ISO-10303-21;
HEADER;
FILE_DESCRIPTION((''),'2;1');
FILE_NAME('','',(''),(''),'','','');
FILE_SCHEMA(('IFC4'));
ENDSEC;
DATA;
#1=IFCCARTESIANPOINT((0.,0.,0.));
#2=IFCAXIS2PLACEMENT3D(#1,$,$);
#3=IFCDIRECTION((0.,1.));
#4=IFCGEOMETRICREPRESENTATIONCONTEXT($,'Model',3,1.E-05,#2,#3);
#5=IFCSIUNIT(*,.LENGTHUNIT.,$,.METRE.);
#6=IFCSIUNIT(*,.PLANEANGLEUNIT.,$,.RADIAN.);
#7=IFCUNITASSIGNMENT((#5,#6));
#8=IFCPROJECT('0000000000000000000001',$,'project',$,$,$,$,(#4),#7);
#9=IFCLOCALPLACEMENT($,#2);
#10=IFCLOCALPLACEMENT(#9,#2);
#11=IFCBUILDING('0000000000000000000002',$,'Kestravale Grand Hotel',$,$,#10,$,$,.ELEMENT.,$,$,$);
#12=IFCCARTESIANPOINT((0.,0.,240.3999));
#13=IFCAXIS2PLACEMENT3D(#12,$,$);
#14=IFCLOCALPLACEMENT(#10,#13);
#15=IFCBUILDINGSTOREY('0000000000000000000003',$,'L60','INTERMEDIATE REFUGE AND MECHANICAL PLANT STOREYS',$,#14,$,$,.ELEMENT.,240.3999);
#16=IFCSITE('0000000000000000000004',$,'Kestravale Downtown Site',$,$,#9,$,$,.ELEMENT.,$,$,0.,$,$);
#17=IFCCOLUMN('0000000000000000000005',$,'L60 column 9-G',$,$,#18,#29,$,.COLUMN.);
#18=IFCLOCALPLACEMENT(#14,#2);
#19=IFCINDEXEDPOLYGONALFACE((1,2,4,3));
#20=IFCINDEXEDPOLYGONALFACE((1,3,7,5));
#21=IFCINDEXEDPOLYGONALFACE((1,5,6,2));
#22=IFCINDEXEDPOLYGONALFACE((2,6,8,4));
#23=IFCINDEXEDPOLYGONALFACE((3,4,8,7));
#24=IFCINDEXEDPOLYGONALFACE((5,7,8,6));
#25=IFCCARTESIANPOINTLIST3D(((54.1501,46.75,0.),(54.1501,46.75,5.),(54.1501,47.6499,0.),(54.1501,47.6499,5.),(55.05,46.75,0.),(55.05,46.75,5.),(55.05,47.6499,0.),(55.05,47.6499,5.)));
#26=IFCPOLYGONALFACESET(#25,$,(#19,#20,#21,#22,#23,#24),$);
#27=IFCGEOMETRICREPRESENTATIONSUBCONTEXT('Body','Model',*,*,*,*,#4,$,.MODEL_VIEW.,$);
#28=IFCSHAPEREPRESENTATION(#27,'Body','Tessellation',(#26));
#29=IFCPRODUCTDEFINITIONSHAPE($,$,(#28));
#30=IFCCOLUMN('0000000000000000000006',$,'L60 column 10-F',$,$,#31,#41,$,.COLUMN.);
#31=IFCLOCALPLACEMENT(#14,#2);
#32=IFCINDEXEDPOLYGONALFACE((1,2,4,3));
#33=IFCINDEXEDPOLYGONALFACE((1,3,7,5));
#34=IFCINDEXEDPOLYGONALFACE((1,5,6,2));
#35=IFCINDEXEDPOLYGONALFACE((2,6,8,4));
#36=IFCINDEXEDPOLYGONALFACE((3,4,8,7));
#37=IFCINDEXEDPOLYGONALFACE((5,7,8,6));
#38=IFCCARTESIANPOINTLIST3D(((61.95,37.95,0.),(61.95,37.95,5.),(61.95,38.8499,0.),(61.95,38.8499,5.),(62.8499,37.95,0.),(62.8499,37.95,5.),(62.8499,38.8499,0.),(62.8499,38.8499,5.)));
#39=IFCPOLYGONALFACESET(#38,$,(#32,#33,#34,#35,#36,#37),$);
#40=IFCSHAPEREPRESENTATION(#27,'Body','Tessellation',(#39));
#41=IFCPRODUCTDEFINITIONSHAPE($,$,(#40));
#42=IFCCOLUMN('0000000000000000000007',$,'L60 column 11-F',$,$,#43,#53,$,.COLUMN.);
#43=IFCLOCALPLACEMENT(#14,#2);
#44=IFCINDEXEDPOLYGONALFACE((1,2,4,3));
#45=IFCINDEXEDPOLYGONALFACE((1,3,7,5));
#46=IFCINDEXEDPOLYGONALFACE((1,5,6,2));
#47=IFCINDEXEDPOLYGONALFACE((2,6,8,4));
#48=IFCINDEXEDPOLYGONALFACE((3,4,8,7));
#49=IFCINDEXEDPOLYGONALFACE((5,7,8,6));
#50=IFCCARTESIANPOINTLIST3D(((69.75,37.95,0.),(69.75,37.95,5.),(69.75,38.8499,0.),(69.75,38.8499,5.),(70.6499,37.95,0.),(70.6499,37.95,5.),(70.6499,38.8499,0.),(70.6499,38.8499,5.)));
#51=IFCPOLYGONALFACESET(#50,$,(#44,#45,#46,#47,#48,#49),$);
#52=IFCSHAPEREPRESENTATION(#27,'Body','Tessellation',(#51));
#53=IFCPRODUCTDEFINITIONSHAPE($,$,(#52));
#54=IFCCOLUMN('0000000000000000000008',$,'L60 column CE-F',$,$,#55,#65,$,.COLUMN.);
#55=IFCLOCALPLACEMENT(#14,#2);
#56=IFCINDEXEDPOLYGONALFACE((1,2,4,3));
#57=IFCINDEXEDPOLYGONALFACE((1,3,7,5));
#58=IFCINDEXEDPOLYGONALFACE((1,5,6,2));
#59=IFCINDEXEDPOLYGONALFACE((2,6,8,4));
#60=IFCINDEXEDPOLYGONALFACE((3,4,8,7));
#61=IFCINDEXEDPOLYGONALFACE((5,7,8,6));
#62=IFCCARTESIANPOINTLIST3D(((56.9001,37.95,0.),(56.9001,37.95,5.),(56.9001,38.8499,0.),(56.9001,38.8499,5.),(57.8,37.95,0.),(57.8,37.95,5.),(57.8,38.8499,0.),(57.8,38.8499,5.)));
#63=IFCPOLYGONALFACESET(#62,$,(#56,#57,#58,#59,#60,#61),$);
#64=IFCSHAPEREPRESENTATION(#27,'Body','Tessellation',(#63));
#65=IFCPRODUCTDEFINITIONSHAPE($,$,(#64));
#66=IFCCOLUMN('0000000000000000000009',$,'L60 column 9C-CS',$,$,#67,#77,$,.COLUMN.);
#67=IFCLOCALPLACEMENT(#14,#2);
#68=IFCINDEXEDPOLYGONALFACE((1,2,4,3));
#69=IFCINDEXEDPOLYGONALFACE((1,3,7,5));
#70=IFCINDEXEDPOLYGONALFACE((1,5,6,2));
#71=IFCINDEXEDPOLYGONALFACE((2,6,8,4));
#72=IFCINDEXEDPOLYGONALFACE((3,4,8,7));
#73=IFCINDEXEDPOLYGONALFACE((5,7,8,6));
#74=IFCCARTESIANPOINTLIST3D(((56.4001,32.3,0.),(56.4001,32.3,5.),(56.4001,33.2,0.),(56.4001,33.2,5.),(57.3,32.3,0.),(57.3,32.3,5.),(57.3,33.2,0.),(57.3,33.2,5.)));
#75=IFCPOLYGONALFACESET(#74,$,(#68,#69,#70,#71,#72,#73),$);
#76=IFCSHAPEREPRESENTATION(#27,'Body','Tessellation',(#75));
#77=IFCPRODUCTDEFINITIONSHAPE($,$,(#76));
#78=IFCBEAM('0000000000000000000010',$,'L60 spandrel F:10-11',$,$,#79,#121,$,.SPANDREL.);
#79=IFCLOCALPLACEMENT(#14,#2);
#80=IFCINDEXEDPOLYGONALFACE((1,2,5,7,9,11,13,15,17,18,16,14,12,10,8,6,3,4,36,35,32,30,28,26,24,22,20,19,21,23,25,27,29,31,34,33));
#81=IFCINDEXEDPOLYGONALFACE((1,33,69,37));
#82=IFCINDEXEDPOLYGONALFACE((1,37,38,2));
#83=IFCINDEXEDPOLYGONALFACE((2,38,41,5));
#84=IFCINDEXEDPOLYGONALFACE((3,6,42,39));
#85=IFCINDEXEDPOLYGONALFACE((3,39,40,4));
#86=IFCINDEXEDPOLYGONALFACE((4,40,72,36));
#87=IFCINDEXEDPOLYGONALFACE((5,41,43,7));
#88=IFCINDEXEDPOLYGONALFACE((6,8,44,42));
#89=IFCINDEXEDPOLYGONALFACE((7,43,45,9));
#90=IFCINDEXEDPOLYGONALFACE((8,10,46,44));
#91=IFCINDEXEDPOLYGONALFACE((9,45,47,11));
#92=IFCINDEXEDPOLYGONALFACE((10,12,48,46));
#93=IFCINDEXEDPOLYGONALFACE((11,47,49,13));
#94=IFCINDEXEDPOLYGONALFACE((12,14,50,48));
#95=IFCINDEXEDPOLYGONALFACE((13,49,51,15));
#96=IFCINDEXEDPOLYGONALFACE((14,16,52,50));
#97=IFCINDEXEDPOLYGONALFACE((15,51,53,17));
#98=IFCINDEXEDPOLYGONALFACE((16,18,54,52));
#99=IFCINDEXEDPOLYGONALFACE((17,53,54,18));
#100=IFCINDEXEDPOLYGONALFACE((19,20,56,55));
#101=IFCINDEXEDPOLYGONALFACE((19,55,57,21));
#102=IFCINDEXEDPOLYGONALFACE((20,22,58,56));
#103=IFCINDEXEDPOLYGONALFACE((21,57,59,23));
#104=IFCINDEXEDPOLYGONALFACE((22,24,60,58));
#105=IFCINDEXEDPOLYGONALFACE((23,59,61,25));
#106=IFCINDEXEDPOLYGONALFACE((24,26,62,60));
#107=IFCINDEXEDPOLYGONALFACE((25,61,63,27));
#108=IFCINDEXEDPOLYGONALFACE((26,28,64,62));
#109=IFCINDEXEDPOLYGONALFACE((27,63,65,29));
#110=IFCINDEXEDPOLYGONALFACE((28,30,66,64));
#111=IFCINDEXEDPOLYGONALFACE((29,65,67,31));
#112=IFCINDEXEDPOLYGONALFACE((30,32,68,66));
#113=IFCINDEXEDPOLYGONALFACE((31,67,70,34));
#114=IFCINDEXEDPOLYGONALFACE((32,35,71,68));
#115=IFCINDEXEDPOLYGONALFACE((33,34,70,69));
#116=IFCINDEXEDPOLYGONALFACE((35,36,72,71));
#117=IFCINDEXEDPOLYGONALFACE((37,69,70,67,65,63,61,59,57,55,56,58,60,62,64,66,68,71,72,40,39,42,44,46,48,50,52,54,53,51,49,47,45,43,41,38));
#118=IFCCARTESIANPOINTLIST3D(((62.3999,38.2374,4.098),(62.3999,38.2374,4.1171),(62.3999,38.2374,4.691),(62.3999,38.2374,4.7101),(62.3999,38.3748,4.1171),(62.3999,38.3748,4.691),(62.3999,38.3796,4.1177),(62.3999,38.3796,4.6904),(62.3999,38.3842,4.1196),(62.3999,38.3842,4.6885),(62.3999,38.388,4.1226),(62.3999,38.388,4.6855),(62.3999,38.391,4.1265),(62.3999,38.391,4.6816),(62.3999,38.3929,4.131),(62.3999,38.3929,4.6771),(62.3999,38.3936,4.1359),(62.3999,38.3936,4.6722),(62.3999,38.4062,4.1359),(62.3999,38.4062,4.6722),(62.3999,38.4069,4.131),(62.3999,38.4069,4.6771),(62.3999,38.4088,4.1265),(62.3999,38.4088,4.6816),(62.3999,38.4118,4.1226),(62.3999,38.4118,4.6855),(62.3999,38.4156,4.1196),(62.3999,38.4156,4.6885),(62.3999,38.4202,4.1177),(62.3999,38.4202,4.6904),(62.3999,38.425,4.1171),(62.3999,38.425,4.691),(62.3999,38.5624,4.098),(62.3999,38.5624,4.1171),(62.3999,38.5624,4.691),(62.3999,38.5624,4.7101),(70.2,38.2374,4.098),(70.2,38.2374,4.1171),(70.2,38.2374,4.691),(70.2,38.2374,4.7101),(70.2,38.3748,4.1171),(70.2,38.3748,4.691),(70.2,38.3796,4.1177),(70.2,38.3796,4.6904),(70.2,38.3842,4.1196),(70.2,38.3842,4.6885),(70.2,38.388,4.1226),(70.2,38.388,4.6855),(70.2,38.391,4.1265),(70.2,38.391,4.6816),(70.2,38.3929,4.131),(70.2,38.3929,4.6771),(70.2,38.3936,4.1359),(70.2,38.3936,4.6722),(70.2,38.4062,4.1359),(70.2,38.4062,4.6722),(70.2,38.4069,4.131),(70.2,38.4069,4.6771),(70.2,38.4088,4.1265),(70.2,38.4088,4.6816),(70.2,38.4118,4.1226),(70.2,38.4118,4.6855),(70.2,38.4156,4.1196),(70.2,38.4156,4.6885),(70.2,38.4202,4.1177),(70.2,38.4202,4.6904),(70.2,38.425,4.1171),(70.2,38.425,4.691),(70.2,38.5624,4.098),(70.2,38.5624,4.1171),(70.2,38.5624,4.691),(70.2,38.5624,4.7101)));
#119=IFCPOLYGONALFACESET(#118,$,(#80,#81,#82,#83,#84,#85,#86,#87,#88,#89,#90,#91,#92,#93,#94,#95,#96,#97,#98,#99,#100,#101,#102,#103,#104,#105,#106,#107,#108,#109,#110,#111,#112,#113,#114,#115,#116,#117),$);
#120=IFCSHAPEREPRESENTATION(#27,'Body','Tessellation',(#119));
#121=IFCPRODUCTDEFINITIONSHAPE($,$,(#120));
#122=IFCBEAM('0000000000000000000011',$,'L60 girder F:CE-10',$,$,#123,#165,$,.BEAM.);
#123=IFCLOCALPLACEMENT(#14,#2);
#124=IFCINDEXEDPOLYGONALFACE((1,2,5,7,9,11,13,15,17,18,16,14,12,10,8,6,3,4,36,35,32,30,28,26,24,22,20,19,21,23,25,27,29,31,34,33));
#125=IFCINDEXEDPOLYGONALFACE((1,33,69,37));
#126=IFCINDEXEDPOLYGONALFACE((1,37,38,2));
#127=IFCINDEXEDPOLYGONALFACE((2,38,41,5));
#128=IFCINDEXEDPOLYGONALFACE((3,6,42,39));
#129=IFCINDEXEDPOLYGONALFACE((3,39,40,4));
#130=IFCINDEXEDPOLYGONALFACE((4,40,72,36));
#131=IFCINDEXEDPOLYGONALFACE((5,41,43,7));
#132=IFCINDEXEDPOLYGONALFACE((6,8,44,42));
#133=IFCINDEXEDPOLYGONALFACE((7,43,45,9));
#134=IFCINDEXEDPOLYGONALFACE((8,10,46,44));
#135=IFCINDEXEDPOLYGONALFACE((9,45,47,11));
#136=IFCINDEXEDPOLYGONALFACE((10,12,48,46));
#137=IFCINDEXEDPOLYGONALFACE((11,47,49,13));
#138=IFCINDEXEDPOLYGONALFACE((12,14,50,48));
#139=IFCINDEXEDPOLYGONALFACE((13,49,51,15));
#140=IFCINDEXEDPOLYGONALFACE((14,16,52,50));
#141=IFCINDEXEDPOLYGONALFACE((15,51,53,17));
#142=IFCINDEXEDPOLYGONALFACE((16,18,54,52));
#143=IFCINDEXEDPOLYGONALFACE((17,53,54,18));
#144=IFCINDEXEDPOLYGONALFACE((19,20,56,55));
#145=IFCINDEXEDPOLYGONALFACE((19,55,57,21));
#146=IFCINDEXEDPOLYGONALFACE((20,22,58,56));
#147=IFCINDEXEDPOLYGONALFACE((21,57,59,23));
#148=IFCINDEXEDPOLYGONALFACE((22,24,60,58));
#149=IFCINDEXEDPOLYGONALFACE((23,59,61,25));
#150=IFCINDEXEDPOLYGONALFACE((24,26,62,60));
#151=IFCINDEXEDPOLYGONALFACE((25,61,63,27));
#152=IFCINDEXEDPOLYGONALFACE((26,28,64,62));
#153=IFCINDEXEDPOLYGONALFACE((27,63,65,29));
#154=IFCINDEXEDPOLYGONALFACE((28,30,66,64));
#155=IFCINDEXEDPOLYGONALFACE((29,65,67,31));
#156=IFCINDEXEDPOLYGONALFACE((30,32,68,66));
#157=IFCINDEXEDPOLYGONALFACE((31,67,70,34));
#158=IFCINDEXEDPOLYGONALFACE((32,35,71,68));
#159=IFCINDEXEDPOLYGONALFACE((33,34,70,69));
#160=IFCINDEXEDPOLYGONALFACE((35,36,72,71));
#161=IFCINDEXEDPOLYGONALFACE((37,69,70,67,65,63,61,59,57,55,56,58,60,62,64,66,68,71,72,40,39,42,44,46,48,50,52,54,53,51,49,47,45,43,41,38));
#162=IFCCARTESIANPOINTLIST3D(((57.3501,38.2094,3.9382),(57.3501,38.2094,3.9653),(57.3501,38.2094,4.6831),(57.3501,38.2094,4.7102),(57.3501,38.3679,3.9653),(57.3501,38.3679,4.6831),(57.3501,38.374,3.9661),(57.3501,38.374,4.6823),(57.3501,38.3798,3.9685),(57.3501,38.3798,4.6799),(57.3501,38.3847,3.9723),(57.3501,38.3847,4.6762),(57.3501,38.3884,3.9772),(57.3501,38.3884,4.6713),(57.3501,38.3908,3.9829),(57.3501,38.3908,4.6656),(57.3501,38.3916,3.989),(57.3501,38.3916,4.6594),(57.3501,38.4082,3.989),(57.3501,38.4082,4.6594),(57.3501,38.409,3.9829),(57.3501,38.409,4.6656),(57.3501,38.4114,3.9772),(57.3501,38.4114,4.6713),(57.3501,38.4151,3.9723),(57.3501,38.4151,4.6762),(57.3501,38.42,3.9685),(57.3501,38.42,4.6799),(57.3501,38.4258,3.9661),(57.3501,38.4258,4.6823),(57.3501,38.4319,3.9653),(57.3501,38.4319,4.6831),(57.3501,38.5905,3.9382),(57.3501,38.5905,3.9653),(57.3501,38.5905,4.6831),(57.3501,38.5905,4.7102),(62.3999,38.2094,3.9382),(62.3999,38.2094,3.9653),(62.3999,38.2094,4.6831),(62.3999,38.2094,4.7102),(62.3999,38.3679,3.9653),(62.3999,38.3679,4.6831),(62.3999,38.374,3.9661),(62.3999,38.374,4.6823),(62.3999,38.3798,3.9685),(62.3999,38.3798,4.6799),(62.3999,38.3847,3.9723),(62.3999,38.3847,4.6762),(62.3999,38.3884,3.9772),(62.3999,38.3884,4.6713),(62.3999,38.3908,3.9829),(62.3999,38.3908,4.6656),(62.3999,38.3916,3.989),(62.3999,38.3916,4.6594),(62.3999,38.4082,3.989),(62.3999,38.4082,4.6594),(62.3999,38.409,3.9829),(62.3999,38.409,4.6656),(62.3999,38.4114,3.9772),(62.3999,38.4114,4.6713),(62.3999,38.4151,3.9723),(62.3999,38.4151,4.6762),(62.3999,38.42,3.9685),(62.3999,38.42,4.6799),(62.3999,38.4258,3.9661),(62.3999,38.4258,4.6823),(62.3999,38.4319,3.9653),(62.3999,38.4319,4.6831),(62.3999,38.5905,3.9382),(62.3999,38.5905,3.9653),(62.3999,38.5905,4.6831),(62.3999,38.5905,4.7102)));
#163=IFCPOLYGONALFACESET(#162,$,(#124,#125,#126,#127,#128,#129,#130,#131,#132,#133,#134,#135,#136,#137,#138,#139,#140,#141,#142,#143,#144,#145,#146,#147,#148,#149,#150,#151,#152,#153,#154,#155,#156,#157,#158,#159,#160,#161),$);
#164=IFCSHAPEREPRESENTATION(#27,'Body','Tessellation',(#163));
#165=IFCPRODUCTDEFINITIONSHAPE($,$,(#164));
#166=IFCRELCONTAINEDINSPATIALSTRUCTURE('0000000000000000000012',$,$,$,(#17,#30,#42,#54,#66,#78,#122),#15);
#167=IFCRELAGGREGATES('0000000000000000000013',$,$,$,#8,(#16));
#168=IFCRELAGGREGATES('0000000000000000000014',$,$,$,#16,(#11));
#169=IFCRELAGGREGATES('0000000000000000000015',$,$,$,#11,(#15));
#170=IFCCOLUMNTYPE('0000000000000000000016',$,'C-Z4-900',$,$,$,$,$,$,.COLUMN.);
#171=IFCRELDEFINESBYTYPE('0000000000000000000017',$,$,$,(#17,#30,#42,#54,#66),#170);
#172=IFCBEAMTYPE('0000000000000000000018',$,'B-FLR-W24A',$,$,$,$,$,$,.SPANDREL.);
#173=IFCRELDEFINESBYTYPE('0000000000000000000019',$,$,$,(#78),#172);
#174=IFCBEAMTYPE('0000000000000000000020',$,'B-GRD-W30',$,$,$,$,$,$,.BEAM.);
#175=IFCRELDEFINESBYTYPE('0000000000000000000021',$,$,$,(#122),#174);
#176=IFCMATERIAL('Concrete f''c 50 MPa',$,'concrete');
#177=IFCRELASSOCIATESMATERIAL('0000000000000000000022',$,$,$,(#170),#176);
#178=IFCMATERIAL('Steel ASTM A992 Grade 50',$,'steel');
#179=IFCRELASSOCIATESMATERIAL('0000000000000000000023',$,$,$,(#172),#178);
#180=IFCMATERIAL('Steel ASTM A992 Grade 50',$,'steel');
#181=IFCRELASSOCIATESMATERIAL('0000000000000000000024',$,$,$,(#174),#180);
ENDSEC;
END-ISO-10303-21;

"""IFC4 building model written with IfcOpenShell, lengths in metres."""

from ifc_helpers import new_model, si_unit, direction, frame, origin, origin_2d, place, context, subcontext, project, spatial, rectangle, i_section, extrude, material, material_profile, profile_set, type_object, element, save


model = new_model("IFC4")

# Units and contexts
model_context = context("Model", 3, precision=1e-05, world=origin(), true_north=direction((0.0, 1.0)))
body_context = subcontext(model_context, "Body", "Model", "MODEL_VIEW")
ifc_project = project(units=[si_unit("LENGTHUNIT", "METRE"), si_unit("PLANEANGLEUNIT", "RADIAN")], contexts=[model_context])

# Site, building, storey
site_placement = place(None, origin())
site = spatial("IfcSite", under=ifc_project, at=site_placement, Name="Kestravale Downtown Site", CompositionType="ELEMENT", RefElevation=0.0)
building_placement = place(site_placement, origin())
building = spatial("IfcBuilding", under=site, at=building_placement, Name="Kestravale Grand Hotel", CompositionType="ELEMENT")
storey_placement = place(building_placement, frame((0.0, 0.0, 240.3999)))
storey = spatial("IfcBuildingStorey", under=building, at=storey_placement, Name="L60", Description="INTERMEDIATE REFUGE AND MECHANICAL PLANT STOREYS", CompositionType="ELEMENT", Elevation=240.3999)

# Columns
ifc_material_1 = material(Name="Concrete f'c 50 MPa", Category="concrete")
ifc_material_profile_1 = material_profile(ifc_material_1, rectangle(XDim=0.8999, YDim=0.8999, at=origin_2d()))
ifc_profile_set_1 = profile_set([ifc_material_profile_1], Name="Concrete f'c 50 MPa")
column_type = type_object("IfcColumnType", Name="C-Z4-900", PredefinedType="COLUMN", material=ifc_profile_set_1)
for number, where, z_axis, x_axis, name in (
    (1, (54.6001, 47.2, 0.0), (0.0, 0.0, 1.0), (1.0, 0.0, 0.0), "L60 column 9-G"),
    (2, (62.3999, 38.3999, 0.0), (0.0, 0.0, 1.0), (1.0, 0.0, 0.0), "L60 column 10-F"),
    (3, (70.2, 38.3999, 0.0), (0.0, 0.0, 1.0), (1.0, 0.0, 0.0), "L60 column 11-F"),
    (4, (57.3501, 38.3999, 0.0), (0.0, 0.0, 1.0), (1.0, 0.0, 0.0), "L60 column CE-F"),
    (5, (56.8501, 32.75, 0.0), (0.0, 0.0, 1.0), (1.0, 0.0, 0.0), "L60 column 9C-CS"),
):
    element("IfcColumn", number, at=place(storey_placement, frame(where, z_axis=z_axis, x_axis=x_axis)), inside=storey, type_object=column_type, Name=name, PredefinedType="COLUMN", context=body_context, shape_type="SweptSolid", body=[
        extrude(rectangle(XDim=0.8999, YDim=0.8999, at=origin_2d()), origin(), (0.0, 0.0, 1.0), 5.0),
    ])

# Beams
ifc_material_2 = material(Name="Steel ASTM A992 Grade 50", Category="steel")
ifc_material_profile_2 = material_profile(ifc_material_2, i_section(OverallWidth=0.325, OverallDepth=0.6121, WebThickness=0.0127, FlangeThickness=0.019, FilletRadius=0.0188, at=origin_2d()))
ifc_profile_set_2 = profile_set([ifc_material_profile_2], Name="Steel ASTM A992 Grade 50")
beam_type_1 = type_object("IfcBeamType", Name="B-FLR-W24A", PredefinedType="SPANDREL", material=ifc_profile_set_2)
beam_1_placement = place(storey_placement, frame((62.3999, 38.3999, 4.4041), z_axis=(1.0, 0.0, 0.0), x_axis=(0.0, 1.0, 0.0)))
element("IfcBeam", 6, at=beam_1_placement, inside=storey, type_object=beam_type_1, Name="L60 spandrel F:10-11", PredefinedType="SPANDREL", context=body_context, shape_type="SweptSolid", body=[
    extrude(i_section(OverallWidth=0.325, OverallDepth=0.6121, WebThickness=0.0127, FlangeThickness=0.019, FilletRadius=0.0188, at=origin_2d()), origin(), (0.0, 0.0, 1.0), 7.8),
])
ifc_material_3 = material(Name="Steel ASTM A992 Grade 50", Category="steel")
ifc_material_profile_3 = material_profile(ifc_material_3, i_section(OverallWidth=0.3811, OverallDepth=0.772, WebThickness=0.0166, FlangeThickness=0.0271, FilletRadius=0.0237, at=origin_2d()))
ifc_profile_set_3 = profile_set([ifc_material_profile_3], Name="Steel ASTM A992 Grade 50")
beam_type_2 = type_object("IfcBeamType", Name="B-GRD-W30", PredefinedType="BEAM", material=ifc_profile_set_3)
beam_2_placement = place(storey_placement, frame((57.3501, 38.3999, 4.3242), z_axis=(1.0, 0.0, 0.0), x_axis=(0.0, 1.0, 0.0)))
element("IfcBeam", 7, at=beam_2_placement, inside=storey, type_object=beam_type_2, Name="L60 girder F:CE-10", PredefinedType="BEAM", context=body_context, shape_type="SweptSolid", body=[
    extrude(i_section(OverallWidth=0.3811, OverallDepth=0.772, WebThickness=0.0166, FlangeThickness=0.0271, FilletRadius=0.0237, at=origin_2d()), origin(), (0.0, 0.0, 1.0), 5.0498),
])

save(model, "model.ifc")
